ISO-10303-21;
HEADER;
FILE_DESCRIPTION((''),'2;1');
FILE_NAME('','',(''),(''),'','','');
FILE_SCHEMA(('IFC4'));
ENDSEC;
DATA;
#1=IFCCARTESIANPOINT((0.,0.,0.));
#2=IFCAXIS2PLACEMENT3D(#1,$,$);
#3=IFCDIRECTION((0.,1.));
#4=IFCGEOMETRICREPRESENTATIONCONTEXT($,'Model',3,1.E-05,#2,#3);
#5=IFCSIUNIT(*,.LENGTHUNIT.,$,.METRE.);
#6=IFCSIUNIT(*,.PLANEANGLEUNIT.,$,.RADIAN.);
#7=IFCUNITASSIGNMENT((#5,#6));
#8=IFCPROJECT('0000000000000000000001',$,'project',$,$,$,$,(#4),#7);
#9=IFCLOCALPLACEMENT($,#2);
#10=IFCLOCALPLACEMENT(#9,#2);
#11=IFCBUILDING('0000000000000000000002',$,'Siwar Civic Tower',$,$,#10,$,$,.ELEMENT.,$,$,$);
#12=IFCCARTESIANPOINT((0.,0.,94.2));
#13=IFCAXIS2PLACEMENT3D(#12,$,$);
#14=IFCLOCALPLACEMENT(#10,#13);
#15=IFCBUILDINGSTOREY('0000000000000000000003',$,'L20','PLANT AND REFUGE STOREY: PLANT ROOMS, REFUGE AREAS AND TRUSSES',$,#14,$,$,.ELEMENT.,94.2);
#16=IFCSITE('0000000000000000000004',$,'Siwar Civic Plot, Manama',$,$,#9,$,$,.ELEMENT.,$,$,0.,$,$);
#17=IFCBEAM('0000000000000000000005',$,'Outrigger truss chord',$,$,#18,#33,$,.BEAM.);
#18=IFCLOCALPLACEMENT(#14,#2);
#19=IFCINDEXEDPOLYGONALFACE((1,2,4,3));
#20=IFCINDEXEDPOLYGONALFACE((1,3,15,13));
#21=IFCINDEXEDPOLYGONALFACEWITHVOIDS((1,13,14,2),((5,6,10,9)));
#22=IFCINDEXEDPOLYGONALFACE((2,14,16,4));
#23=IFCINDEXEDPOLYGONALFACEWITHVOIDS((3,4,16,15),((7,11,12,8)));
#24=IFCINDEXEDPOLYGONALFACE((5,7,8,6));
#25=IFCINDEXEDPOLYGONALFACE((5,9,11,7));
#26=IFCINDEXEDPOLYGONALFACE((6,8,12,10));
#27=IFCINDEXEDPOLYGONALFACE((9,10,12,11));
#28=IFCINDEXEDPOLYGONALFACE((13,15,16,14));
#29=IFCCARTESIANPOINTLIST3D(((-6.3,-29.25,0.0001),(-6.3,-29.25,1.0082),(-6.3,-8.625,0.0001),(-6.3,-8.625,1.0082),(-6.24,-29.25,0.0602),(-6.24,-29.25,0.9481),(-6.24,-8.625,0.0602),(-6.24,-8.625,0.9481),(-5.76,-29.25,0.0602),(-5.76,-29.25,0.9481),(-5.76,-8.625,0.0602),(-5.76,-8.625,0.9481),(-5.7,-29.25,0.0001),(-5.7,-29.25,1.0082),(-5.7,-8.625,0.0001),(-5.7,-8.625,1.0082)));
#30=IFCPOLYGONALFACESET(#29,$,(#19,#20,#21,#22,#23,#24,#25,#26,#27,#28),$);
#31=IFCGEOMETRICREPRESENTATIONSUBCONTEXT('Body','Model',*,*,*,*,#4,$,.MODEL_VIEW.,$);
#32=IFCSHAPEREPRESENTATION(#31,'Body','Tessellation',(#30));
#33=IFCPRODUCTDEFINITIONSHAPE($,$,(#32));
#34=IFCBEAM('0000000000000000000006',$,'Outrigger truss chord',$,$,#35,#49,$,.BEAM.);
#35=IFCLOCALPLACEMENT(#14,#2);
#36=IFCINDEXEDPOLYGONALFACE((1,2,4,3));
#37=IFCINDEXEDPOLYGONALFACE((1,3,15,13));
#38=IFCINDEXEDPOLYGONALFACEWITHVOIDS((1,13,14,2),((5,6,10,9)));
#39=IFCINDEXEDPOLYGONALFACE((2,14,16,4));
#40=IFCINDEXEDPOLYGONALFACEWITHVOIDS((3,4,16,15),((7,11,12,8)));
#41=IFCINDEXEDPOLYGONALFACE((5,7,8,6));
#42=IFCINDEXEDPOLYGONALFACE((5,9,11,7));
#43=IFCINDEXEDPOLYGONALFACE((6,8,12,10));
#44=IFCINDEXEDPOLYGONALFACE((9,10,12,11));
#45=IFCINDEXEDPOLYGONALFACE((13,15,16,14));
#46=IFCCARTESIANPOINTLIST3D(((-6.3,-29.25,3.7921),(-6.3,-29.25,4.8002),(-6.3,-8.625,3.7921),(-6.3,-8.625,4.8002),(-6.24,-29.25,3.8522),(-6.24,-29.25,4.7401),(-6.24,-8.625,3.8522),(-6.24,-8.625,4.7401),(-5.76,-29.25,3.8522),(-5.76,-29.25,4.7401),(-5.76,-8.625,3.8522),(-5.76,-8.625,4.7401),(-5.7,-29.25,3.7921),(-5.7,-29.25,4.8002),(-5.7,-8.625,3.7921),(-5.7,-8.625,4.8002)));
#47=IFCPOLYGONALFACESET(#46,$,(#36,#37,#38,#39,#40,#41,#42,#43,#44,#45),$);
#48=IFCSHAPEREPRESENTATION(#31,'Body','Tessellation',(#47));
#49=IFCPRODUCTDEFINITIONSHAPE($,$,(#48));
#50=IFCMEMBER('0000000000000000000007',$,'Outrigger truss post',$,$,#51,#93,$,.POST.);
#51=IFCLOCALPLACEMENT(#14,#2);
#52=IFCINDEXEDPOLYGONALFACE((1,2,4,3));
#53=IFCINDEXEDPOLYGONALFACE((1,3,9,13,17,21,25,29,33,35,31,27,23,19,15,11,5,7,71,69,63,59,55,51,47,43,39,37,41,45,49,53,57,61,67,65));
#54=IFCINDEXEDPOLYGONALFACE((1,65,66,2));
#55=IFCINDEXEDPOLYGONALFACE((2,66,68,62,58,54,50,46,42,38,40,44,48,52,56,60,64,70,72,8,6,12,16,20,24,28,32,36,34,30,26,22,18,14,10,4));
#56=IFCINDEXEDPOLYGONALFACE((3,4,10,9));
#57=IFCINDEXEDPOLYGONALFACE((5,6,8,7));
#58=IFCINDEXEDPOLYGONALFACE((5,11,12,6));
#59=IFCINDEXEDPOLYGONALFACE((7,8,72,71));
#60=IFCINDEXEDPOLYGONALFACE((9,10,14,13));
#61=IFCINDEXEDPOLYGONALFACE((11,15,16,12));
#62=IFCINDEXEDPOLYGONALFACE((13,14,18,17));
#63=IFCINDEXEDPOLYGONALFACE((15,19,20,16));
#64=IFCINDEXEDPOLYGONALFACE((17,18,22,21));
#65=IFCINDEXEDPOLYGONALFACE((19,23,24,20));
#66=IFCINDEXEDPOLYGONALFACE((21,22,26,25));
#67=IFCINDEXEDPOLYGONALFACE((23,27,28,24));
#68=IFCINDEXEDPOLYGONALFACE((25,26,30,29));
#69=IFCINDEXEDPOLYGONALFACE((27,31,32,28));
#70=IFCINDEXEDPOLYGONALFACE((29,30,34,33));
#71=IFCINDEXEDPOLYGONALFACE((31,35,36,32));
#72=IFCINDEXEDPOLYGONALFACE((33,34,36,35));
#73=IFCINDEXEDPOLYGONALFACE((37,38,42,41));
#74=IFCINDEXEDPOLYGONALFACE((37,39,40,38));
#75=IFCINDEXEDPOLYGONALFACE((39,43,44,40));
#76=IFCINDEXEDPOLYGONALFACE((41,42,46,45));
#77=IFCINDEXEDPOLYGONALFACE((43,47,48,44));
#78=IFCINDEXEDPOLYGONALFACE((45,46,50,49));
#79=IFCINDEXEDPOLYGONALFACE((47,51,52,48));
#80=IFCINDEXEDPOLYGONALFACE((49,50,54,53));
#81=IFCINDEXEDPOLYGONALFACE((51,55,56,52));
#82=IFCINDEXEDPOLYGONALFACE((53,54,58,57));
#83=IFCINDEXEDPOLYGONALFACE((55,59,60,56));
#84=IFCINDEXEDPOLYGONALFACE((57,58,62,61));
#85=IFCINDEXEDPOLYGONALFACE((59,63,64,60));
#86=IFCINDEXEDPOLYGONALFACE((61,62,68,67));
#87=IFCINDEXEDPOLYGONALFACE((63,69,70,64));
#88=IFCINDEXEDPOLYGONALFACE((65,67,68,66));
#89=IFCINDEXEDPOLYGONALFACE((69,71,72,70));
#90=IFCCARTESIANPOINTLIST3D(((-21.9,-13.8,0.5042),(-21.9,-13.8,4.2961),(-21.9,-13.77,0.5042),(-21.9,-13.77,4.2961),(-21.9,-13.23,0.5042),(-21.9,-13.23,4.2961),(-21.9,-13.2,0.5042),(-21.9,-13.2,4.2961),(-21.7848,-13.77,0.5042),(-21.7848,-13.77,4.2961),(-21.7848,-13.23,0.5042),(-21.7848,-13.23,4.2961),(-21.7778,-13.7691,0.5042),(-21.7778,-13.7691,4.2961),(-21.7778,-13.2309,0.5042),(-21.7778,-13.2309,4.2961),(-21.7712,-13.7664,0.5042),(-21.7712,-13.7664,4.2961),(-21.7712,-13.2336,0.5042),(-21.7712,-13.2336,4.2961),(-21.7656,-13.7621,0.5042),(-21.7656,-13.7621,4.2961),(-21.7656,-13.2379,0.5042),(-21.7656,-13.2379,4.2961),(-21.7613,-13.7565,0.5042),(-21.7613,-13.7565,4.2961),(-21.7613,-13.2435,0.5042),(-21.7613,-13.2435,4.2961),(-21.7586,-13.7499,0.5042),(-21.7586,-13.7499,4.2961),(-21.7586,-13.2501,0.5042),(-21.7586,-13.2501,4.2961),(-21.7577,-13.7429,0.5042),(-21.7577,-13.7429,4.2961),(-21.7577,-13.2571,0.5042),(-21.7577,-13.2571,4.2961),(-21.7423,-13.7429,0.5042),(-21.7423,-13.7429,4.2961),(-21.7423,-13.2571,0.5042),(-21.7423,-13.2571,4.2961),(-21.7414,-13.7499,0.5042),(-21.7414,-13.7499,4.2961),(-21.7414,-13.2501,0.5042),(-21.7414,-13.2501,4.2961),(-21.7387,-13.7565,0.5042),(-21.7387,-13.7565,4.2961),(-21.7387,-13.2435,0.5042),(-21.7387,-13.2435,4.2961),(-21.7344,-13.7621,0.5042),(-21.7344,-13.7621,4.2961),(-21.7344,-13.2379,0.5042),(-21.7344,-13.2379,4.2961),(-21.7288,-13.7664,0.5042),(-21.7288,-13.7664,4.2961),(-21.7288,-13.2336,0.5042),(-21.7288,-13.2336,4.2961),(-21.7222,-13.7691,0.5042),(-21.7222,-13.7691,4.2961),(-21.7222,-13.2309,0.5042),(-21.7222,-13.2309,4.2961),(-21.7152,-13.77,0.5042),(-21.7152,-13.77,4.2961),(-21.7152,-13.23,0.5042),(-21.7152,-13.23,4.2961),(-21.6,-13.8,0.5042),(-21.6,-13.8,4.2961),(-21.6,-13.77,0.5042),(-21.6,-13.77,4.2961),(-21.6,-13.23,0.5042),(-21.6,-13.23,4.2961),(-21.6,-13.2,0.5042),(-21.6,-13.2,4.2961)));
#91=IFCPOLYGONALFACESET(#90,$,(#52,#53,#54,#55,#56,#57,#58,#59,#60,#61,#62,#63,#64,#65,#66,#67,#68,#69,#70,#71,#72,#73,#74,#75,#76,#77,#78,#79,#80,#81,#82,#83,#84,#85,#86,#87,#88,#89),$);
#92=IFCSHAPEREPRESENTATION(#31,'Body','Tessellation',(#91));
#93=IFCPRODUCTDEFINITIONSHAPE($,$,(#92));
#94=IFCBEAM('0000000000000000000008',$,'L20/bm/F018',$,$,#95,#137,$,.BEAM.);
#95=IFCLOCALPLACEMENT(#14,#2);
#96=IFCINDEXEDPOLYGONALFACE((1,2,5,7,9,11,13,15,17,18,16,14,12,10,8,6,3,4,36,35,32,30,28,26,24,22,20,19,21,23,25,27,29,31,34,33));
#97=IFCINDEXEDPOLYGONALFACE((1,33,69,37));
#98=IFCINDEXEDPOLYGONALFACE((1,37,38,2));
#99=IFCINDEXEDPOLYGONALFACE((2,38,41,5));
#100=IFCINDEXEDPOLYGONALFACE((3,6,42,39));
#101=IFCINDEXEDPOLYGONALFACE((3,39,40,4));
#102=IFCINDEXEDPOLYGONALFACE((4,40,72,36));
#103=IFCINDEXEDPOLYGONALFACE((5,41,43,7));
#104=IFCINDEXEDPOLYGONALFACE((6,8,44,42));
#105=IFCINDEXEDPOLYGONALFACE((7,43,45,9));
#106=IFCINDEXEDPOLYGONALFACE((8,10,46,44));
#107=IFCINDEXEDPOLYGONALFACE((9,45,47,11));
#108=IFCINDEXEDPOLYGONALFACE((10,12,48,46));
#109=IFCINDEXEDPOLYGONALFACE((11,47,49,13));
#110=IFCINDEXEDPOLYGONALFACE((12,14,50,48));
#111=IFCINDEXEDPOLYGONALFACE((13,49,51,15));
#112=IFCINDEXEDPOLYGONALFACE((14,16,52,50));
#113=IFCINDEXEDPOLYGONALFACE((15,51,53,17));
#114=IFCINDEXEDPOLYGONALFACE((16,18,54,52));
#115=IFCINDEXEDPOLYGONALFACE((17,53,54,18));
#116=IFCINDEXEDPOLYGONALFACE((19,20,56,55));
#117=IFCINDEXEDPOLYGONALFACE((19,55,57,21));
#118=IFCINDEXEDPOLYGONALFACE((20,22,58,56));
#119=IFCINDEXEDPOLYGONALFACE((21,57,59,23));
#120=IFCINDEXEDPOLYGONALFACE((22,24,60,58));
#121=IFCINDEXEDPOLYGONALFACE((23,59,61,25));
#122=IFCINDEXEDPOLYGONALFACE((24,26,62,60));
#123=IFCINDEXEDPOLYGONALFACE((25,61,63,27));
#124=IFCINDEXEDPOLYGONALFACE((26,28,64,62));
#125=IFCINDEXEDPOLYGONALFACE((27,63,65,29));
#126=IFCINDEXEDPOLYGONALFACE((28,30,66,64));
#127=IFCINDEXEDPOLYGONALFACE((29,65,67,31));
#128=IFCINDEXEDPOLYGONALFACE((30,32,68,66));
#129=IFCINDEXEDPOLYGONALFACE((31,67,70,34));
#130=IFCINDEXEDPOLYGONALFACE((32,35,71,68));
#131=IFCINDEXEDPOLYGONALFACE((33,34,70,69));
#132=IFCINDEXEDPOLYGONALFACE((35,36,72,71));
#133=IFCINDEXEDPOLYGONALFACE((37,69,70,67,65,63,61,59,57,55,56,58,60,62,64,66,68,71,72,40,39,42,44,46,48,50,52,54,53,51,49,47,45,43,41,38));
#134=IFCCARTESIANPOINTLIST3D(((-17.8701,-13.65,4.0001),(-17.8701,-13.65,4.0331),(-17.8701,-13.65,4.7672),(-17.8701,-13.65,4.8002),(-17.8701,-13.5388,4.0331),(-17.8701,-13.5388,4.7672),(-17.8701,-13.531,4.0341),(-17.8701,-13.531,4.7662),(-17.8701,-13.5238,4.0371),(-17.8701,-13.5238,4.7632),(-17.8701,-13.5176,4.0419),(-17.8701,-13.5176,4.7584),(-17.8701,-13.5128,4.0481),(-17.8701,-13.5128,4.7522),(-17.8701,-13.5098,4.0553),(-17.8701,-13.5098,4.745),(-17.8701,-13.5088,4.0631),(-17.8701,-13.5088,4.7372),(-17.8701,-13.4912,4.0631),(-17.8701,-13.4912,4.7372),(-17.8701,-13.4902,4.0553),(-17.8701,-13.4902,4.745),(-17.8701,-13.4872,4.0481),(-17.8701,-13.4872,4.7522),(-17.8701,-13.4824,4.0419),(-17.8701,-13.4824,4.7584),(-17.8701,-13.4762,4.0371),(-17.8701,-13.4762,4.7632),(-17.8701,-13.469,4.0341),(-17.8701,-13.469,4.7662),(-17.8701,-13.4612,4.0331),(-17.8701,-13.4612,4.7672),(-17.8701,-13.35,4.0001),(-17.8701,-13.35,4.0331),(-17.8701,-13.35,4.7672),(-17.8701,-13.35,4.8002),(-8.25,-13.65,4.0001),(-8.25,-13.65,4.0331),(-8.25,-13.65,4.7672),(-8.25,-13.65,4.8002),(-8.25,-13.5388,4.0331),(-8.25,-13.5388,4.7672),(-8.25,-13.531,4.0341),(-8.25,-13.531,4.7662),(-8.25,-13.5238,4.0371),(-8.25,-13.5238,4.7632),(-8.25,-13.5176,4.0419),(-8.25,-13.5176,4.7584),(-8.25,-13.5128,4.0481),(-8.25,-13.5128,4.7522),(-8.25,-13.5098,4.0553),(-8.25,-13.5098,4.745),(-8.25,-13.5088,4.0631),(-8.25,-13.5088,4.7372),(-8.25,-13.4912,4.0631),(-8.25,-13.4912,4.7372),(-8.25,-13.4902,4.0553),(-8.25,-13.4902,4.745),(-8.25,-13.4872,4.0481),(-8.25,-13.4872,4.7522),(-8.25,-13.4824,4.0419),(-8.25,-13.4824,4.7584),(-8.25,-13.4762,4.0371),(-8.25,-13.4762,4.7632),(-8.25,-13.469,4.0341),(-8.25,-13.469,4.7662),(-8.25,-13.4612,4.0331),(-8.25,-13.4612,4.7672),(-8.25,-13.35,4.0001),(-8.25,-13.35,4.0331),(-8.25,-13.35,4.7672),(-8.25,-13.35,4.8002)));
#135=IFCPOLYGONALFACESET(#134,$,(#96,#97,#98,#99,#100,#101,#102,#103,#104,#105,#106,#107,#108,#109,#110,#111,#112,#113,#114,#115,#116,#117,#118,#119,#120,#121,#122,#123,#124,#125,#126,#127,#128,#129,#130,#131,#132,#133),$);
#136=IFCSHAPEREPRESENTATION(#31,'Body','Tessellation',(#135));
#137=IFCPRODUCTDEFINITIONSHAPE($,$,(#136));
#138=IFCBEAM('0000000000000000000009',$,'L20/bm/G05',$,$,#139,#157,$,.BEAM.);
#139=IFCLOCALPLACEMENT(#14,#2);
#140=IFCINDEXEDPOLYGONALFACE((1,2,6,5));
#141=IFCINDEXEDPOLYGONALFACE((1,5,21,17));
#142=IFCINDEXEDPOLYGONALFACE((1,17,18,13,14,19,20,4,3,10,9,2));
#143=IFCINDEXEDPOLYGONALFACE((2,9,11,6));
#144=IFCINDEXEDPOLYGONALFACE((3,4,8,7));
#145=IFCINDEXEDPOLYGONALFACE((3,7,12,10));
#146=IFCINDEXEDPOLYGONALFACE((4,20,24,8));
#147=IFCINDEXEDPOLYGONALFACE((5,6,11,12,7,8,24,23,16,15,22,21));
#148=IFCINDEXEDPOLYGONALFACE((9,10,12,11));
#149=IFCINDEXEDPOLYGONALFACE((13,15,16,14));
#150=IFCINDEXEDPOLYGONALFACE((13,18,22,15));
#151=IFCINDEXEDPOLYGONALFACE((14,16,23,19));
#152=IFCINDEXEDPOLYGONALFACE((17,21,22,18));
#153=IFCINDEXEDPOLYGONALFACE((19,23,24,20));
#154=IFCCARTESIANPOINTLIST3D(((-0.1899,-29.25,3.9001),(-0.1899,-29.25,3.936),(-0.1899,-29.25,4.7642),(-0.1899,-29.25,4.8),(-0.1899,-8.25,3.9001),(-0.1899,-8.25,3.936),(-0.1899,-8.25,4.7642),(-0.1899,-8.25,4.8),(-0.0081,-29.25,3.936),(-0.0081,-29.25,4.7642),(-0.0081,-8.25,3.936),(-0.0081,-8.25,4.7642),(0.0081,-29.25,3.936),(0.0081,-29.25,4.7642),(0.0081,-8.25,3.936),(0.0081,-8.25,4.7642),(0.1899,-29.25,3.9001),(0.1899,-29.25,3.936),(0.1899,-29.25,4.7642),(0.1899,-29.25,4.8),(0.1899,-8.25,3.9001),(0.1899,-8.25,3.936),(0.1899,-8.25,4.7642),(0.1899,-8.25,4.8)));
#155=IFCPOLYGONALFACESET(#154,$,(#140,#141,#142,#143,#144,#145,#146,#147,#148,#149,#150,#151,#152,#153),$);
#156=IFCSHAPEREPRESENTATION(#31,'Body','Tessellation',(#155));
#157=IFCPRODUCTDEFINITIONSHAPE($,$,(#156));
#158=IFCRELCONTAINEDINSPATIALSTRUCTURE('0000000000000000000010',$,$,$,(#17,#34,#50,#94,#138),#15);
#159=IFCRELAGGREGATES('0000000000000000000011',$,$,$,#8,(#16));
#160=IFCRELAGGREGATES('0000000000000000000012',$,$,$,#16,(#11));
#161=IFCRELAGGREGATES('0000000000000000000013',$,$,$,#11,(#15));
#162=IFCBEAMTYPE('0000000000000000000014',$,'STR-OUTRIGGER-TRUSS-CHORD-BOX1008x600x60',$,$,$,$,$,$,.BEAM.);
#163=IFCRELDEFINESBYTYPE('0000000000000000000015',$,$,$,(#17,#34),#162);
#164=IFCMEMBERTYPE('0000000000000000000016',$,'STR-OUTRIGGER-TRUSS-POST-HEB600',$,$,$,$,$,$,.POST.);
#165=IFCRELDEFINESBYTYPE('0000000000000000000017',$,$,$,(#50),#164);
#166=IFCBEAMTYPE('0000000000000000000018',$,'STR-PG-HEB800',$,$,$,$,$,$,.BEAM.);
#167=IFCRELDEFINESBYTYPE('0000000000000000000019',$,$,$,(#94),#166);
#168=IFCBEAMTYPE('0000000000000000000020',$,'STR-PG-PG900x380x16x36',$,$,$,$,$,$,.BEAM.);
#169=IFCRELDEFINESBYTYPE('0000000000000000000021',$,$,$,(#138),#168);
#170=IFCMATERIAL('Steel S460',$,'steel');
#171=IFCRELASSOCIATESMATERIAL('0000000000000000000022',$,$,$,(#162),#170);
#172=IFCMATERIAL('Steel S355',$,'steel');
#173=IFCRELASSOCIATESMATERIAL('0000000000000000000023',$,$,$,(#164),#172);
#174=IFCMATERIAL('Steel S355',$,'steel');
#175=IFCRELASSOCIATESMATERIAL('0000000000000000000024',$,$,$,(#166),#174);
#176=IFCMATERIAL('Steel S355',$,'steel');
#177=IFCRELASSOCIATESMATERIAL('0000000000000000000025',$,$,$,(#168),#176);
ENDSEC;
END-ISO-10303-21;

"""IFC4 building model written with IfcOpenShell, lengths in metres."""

from ifc_helpers import new_model, si_unit, direction, frame, origin, origin_2d, place, context, subcontext, project, spatial, hollow_rectangle, i_section, extrude, material, material_profile, profile_set, type_object, element, save


model = new_model("IFC4")

# Units and contexts
model_context = context("Model", 3, precision=1e-05, world=origin(), true_north=direction((0.0, 1.0)))
body_context = subcontext(model_context, "Body", "Model", "MODEL_VIEW")
ifc_project = project(units=[si_unit("LENGTHUNIT", "METRE"), si_unit("PLANEANGLEUNIT", "RADIAN")], contexts=[model_context])

# Site, building, storey
site_placement = place(None, origin())
site = spatial("IfcSite", under=ifc_project, at=site_placement, Name="Siwar Civic Plot, Manama", CompositionType="ELEMENT", RefElevation=0.0)
building_placement = place(site_placement, origin())
building = spatial("IfcBuilding", under=site, at=building_placement, Name="Siwar Civic Tower", CompositionType="ELEMENT")
storey_placement = place(building_placement, frame((0.0, 0.0, 94.2)))
storey = spatial("IfcBuildingStorey", under=building, at=storey_placement, Name="L20", Description="PLANT AND REFUGE STOREY: PLANT ROOMS, REFUGE AREAS AND TRUSSES", CompositionType="ELEMENT", Elevation=94.2)

# Beams
ifc_material_1 = material(Name="Steel S460", Category="steel")
ifc_material_profile_1 = material_profile(ifc_material_1, hollow_rectangle(XDim=0.6001, YDim=1.0081, WallThickness=0.0601, at=origin_2d()), Name="BOX1008x600x60")
ifc_profile_set_1 = profile_set([ifc_material_profile_1], Name="Steel S460")
beam_type_1 = type_object("IfcBeamType", Name="STR-OUTRIGGER-TRUSS-CHORD-BOX1008x600x60", PredefinedType="BEAM", material=ifc_profile_set_1)
for number, where, z_axis, x_axis, name in (
    (1, (-6.0, -29.25, 0.5042), (0.0, 1.0, 0.0), (-1.0, 0.0, 0.0), "Outrigger truss chord"),
    (2, (-6.0, -29.25, 4.2961), (0.0, 1.0, 0.0), (-1.0, 0.0, 0.0), "Outrigger truss chord"),
):
    element("IfcBeam", number, at=place(storey_placement, frame(where, z_axis=z_axis, x_axis=x_axis)), inside=storey, type_object=beam_type_1, Name=name, PredefinedType="BEAM", context=body_context, shape_type="SweptSolid", body=[
        extrude(hollow_rectangle(XDim=0.6001, YDim=1.0081, WallThickness=0.0601, at=origin_2d()), origin(), (0.0, 0.0, 1.0), 20.625),
    ])

# Member
ifc_material_2 = material(Name="Steel S355", Category="steel")
ifc_material_profile_2 = material_profile(ifc_material_2, i_section(OverallWidth=0.3, OverallDepth=0.6001, WebThickness=0.0154, FlangeThickness=0.03, FilletRadius=0.0271, at=origin_2d()), Name="HEB600")
ifc_profile_set_2 = profile_set([ifc_material_profile_2], Name="Steel S355")
member_type_1 = type_object("IfcMemberType", Name="STR-OUTRIGGER-TRUSS-POST-HEB600", PredefinedType="POST", material=ifc_profile_set_2)
member_1_placement = place(storey_placement, frame((-21.75, -13.5, 0.5042), z_axis=(0.0, 0.0, 1.0), x_axis=(1.0, 0.0, 0.0)))
element("IfcMember", 3, at=member_1_placement, inside=storey, type_object=member_type_1, Name="Outrigger truss post", PredefinedType="POST", context=body_context, shape_type="SweptSolid", body=[
    extrude(i_section(OverallWidth=0.3, OverallDepth=0.6001, WebThickness=0.0154, FlangeThickness=0.03, FilletRadius=0.0271, at=origin_2d()), origin(), (0.0, 0.0, 1.0), 3.792),
])

# Beams
ifc_material_3 = material(Name="Steel S355", Category="steel")
ifc_material_profile_3 = material_profile(ifc_material_3, i_section(OverallWidth=0.3, OverallDepth=0.8, WebThickness=0.0176, FlangeThickness=0.033, FilletRadius=0.03, at=origin_2d()), Name="HEB800")
ifc_profile_set_3 = profile_set([ifc_material_profile_3], Name="Steel S355")
beam_type_2 = type_object("IfcBeamType", Name="STR-PG-HEB800", PredefinedType="BEAM", material=ifc_profile_set_3)
beam_1_placement = place(storey_placement, frame((-17.8701, -13.5, 4.4001), z_axis=(1.0, 0.0, 0.0), x_axis=(0.0, 1.0, 0.0)))
element("IfcBeam", 4, at=beam_1_placement, inside=storey, type_object=beam_type_2, Name="L20/bm/F018", PredefinedType="BEAM", context=body_context, shape_type="SweptSolid", body=[
    extrude(i_section(OverallWidth=0.3, OverallDepth=0.8, WebThickness=0.0176, FlangeThickness=0.033, FilletRadius=0.03, at=origin_2d()), origin(), (0.0, 0.0, 1.0), 9.6201),
])
ifc_material_4 = material(Name="Steel S355", Category="steel")
ifc_material_profile_4 = material_profile(ifc_material_4, i_section(OverallWidth=0.3799, OverallDepth=0.8999, WebThickness=0.0161, FlangeThickness=0.0359, at=origin_2d()), Name="PG900x380x16x36")
ifc_profile_set_4 = profile_set([ifc_material_profile_4], Name="Steel S355")
beam_type_3 = type_object("IfcBeamType", Name="STR-PG-PG900x380x16x36", PredefinedType="BEAM", material=ifc_profile_set_4)
beam_2_placement = place(storey_placement, frame((0.0, -29.25, 4.3501), z_axis=(0.0, 1.0, 0.0), x_axis=(-1.0, 0.0, 0.0)))
element("IfcBeam", 5, at=beam_2_placement, inside=storey, type_object=beam_type_3, Name="L20/bm/G05", PredefinedType="BEAM", context=body_context, shape_type="SweptSolid", body=[
    extrude(i_section(OverallWidth=0.3799, OverallDepth=0.8999, WebThickness=0.0161, FlangeThickness=0.0359, at=origin_2d()), origin(), (0.0, 0.0, 1.0), 21.0),
])

save(model, "model.ifc")
